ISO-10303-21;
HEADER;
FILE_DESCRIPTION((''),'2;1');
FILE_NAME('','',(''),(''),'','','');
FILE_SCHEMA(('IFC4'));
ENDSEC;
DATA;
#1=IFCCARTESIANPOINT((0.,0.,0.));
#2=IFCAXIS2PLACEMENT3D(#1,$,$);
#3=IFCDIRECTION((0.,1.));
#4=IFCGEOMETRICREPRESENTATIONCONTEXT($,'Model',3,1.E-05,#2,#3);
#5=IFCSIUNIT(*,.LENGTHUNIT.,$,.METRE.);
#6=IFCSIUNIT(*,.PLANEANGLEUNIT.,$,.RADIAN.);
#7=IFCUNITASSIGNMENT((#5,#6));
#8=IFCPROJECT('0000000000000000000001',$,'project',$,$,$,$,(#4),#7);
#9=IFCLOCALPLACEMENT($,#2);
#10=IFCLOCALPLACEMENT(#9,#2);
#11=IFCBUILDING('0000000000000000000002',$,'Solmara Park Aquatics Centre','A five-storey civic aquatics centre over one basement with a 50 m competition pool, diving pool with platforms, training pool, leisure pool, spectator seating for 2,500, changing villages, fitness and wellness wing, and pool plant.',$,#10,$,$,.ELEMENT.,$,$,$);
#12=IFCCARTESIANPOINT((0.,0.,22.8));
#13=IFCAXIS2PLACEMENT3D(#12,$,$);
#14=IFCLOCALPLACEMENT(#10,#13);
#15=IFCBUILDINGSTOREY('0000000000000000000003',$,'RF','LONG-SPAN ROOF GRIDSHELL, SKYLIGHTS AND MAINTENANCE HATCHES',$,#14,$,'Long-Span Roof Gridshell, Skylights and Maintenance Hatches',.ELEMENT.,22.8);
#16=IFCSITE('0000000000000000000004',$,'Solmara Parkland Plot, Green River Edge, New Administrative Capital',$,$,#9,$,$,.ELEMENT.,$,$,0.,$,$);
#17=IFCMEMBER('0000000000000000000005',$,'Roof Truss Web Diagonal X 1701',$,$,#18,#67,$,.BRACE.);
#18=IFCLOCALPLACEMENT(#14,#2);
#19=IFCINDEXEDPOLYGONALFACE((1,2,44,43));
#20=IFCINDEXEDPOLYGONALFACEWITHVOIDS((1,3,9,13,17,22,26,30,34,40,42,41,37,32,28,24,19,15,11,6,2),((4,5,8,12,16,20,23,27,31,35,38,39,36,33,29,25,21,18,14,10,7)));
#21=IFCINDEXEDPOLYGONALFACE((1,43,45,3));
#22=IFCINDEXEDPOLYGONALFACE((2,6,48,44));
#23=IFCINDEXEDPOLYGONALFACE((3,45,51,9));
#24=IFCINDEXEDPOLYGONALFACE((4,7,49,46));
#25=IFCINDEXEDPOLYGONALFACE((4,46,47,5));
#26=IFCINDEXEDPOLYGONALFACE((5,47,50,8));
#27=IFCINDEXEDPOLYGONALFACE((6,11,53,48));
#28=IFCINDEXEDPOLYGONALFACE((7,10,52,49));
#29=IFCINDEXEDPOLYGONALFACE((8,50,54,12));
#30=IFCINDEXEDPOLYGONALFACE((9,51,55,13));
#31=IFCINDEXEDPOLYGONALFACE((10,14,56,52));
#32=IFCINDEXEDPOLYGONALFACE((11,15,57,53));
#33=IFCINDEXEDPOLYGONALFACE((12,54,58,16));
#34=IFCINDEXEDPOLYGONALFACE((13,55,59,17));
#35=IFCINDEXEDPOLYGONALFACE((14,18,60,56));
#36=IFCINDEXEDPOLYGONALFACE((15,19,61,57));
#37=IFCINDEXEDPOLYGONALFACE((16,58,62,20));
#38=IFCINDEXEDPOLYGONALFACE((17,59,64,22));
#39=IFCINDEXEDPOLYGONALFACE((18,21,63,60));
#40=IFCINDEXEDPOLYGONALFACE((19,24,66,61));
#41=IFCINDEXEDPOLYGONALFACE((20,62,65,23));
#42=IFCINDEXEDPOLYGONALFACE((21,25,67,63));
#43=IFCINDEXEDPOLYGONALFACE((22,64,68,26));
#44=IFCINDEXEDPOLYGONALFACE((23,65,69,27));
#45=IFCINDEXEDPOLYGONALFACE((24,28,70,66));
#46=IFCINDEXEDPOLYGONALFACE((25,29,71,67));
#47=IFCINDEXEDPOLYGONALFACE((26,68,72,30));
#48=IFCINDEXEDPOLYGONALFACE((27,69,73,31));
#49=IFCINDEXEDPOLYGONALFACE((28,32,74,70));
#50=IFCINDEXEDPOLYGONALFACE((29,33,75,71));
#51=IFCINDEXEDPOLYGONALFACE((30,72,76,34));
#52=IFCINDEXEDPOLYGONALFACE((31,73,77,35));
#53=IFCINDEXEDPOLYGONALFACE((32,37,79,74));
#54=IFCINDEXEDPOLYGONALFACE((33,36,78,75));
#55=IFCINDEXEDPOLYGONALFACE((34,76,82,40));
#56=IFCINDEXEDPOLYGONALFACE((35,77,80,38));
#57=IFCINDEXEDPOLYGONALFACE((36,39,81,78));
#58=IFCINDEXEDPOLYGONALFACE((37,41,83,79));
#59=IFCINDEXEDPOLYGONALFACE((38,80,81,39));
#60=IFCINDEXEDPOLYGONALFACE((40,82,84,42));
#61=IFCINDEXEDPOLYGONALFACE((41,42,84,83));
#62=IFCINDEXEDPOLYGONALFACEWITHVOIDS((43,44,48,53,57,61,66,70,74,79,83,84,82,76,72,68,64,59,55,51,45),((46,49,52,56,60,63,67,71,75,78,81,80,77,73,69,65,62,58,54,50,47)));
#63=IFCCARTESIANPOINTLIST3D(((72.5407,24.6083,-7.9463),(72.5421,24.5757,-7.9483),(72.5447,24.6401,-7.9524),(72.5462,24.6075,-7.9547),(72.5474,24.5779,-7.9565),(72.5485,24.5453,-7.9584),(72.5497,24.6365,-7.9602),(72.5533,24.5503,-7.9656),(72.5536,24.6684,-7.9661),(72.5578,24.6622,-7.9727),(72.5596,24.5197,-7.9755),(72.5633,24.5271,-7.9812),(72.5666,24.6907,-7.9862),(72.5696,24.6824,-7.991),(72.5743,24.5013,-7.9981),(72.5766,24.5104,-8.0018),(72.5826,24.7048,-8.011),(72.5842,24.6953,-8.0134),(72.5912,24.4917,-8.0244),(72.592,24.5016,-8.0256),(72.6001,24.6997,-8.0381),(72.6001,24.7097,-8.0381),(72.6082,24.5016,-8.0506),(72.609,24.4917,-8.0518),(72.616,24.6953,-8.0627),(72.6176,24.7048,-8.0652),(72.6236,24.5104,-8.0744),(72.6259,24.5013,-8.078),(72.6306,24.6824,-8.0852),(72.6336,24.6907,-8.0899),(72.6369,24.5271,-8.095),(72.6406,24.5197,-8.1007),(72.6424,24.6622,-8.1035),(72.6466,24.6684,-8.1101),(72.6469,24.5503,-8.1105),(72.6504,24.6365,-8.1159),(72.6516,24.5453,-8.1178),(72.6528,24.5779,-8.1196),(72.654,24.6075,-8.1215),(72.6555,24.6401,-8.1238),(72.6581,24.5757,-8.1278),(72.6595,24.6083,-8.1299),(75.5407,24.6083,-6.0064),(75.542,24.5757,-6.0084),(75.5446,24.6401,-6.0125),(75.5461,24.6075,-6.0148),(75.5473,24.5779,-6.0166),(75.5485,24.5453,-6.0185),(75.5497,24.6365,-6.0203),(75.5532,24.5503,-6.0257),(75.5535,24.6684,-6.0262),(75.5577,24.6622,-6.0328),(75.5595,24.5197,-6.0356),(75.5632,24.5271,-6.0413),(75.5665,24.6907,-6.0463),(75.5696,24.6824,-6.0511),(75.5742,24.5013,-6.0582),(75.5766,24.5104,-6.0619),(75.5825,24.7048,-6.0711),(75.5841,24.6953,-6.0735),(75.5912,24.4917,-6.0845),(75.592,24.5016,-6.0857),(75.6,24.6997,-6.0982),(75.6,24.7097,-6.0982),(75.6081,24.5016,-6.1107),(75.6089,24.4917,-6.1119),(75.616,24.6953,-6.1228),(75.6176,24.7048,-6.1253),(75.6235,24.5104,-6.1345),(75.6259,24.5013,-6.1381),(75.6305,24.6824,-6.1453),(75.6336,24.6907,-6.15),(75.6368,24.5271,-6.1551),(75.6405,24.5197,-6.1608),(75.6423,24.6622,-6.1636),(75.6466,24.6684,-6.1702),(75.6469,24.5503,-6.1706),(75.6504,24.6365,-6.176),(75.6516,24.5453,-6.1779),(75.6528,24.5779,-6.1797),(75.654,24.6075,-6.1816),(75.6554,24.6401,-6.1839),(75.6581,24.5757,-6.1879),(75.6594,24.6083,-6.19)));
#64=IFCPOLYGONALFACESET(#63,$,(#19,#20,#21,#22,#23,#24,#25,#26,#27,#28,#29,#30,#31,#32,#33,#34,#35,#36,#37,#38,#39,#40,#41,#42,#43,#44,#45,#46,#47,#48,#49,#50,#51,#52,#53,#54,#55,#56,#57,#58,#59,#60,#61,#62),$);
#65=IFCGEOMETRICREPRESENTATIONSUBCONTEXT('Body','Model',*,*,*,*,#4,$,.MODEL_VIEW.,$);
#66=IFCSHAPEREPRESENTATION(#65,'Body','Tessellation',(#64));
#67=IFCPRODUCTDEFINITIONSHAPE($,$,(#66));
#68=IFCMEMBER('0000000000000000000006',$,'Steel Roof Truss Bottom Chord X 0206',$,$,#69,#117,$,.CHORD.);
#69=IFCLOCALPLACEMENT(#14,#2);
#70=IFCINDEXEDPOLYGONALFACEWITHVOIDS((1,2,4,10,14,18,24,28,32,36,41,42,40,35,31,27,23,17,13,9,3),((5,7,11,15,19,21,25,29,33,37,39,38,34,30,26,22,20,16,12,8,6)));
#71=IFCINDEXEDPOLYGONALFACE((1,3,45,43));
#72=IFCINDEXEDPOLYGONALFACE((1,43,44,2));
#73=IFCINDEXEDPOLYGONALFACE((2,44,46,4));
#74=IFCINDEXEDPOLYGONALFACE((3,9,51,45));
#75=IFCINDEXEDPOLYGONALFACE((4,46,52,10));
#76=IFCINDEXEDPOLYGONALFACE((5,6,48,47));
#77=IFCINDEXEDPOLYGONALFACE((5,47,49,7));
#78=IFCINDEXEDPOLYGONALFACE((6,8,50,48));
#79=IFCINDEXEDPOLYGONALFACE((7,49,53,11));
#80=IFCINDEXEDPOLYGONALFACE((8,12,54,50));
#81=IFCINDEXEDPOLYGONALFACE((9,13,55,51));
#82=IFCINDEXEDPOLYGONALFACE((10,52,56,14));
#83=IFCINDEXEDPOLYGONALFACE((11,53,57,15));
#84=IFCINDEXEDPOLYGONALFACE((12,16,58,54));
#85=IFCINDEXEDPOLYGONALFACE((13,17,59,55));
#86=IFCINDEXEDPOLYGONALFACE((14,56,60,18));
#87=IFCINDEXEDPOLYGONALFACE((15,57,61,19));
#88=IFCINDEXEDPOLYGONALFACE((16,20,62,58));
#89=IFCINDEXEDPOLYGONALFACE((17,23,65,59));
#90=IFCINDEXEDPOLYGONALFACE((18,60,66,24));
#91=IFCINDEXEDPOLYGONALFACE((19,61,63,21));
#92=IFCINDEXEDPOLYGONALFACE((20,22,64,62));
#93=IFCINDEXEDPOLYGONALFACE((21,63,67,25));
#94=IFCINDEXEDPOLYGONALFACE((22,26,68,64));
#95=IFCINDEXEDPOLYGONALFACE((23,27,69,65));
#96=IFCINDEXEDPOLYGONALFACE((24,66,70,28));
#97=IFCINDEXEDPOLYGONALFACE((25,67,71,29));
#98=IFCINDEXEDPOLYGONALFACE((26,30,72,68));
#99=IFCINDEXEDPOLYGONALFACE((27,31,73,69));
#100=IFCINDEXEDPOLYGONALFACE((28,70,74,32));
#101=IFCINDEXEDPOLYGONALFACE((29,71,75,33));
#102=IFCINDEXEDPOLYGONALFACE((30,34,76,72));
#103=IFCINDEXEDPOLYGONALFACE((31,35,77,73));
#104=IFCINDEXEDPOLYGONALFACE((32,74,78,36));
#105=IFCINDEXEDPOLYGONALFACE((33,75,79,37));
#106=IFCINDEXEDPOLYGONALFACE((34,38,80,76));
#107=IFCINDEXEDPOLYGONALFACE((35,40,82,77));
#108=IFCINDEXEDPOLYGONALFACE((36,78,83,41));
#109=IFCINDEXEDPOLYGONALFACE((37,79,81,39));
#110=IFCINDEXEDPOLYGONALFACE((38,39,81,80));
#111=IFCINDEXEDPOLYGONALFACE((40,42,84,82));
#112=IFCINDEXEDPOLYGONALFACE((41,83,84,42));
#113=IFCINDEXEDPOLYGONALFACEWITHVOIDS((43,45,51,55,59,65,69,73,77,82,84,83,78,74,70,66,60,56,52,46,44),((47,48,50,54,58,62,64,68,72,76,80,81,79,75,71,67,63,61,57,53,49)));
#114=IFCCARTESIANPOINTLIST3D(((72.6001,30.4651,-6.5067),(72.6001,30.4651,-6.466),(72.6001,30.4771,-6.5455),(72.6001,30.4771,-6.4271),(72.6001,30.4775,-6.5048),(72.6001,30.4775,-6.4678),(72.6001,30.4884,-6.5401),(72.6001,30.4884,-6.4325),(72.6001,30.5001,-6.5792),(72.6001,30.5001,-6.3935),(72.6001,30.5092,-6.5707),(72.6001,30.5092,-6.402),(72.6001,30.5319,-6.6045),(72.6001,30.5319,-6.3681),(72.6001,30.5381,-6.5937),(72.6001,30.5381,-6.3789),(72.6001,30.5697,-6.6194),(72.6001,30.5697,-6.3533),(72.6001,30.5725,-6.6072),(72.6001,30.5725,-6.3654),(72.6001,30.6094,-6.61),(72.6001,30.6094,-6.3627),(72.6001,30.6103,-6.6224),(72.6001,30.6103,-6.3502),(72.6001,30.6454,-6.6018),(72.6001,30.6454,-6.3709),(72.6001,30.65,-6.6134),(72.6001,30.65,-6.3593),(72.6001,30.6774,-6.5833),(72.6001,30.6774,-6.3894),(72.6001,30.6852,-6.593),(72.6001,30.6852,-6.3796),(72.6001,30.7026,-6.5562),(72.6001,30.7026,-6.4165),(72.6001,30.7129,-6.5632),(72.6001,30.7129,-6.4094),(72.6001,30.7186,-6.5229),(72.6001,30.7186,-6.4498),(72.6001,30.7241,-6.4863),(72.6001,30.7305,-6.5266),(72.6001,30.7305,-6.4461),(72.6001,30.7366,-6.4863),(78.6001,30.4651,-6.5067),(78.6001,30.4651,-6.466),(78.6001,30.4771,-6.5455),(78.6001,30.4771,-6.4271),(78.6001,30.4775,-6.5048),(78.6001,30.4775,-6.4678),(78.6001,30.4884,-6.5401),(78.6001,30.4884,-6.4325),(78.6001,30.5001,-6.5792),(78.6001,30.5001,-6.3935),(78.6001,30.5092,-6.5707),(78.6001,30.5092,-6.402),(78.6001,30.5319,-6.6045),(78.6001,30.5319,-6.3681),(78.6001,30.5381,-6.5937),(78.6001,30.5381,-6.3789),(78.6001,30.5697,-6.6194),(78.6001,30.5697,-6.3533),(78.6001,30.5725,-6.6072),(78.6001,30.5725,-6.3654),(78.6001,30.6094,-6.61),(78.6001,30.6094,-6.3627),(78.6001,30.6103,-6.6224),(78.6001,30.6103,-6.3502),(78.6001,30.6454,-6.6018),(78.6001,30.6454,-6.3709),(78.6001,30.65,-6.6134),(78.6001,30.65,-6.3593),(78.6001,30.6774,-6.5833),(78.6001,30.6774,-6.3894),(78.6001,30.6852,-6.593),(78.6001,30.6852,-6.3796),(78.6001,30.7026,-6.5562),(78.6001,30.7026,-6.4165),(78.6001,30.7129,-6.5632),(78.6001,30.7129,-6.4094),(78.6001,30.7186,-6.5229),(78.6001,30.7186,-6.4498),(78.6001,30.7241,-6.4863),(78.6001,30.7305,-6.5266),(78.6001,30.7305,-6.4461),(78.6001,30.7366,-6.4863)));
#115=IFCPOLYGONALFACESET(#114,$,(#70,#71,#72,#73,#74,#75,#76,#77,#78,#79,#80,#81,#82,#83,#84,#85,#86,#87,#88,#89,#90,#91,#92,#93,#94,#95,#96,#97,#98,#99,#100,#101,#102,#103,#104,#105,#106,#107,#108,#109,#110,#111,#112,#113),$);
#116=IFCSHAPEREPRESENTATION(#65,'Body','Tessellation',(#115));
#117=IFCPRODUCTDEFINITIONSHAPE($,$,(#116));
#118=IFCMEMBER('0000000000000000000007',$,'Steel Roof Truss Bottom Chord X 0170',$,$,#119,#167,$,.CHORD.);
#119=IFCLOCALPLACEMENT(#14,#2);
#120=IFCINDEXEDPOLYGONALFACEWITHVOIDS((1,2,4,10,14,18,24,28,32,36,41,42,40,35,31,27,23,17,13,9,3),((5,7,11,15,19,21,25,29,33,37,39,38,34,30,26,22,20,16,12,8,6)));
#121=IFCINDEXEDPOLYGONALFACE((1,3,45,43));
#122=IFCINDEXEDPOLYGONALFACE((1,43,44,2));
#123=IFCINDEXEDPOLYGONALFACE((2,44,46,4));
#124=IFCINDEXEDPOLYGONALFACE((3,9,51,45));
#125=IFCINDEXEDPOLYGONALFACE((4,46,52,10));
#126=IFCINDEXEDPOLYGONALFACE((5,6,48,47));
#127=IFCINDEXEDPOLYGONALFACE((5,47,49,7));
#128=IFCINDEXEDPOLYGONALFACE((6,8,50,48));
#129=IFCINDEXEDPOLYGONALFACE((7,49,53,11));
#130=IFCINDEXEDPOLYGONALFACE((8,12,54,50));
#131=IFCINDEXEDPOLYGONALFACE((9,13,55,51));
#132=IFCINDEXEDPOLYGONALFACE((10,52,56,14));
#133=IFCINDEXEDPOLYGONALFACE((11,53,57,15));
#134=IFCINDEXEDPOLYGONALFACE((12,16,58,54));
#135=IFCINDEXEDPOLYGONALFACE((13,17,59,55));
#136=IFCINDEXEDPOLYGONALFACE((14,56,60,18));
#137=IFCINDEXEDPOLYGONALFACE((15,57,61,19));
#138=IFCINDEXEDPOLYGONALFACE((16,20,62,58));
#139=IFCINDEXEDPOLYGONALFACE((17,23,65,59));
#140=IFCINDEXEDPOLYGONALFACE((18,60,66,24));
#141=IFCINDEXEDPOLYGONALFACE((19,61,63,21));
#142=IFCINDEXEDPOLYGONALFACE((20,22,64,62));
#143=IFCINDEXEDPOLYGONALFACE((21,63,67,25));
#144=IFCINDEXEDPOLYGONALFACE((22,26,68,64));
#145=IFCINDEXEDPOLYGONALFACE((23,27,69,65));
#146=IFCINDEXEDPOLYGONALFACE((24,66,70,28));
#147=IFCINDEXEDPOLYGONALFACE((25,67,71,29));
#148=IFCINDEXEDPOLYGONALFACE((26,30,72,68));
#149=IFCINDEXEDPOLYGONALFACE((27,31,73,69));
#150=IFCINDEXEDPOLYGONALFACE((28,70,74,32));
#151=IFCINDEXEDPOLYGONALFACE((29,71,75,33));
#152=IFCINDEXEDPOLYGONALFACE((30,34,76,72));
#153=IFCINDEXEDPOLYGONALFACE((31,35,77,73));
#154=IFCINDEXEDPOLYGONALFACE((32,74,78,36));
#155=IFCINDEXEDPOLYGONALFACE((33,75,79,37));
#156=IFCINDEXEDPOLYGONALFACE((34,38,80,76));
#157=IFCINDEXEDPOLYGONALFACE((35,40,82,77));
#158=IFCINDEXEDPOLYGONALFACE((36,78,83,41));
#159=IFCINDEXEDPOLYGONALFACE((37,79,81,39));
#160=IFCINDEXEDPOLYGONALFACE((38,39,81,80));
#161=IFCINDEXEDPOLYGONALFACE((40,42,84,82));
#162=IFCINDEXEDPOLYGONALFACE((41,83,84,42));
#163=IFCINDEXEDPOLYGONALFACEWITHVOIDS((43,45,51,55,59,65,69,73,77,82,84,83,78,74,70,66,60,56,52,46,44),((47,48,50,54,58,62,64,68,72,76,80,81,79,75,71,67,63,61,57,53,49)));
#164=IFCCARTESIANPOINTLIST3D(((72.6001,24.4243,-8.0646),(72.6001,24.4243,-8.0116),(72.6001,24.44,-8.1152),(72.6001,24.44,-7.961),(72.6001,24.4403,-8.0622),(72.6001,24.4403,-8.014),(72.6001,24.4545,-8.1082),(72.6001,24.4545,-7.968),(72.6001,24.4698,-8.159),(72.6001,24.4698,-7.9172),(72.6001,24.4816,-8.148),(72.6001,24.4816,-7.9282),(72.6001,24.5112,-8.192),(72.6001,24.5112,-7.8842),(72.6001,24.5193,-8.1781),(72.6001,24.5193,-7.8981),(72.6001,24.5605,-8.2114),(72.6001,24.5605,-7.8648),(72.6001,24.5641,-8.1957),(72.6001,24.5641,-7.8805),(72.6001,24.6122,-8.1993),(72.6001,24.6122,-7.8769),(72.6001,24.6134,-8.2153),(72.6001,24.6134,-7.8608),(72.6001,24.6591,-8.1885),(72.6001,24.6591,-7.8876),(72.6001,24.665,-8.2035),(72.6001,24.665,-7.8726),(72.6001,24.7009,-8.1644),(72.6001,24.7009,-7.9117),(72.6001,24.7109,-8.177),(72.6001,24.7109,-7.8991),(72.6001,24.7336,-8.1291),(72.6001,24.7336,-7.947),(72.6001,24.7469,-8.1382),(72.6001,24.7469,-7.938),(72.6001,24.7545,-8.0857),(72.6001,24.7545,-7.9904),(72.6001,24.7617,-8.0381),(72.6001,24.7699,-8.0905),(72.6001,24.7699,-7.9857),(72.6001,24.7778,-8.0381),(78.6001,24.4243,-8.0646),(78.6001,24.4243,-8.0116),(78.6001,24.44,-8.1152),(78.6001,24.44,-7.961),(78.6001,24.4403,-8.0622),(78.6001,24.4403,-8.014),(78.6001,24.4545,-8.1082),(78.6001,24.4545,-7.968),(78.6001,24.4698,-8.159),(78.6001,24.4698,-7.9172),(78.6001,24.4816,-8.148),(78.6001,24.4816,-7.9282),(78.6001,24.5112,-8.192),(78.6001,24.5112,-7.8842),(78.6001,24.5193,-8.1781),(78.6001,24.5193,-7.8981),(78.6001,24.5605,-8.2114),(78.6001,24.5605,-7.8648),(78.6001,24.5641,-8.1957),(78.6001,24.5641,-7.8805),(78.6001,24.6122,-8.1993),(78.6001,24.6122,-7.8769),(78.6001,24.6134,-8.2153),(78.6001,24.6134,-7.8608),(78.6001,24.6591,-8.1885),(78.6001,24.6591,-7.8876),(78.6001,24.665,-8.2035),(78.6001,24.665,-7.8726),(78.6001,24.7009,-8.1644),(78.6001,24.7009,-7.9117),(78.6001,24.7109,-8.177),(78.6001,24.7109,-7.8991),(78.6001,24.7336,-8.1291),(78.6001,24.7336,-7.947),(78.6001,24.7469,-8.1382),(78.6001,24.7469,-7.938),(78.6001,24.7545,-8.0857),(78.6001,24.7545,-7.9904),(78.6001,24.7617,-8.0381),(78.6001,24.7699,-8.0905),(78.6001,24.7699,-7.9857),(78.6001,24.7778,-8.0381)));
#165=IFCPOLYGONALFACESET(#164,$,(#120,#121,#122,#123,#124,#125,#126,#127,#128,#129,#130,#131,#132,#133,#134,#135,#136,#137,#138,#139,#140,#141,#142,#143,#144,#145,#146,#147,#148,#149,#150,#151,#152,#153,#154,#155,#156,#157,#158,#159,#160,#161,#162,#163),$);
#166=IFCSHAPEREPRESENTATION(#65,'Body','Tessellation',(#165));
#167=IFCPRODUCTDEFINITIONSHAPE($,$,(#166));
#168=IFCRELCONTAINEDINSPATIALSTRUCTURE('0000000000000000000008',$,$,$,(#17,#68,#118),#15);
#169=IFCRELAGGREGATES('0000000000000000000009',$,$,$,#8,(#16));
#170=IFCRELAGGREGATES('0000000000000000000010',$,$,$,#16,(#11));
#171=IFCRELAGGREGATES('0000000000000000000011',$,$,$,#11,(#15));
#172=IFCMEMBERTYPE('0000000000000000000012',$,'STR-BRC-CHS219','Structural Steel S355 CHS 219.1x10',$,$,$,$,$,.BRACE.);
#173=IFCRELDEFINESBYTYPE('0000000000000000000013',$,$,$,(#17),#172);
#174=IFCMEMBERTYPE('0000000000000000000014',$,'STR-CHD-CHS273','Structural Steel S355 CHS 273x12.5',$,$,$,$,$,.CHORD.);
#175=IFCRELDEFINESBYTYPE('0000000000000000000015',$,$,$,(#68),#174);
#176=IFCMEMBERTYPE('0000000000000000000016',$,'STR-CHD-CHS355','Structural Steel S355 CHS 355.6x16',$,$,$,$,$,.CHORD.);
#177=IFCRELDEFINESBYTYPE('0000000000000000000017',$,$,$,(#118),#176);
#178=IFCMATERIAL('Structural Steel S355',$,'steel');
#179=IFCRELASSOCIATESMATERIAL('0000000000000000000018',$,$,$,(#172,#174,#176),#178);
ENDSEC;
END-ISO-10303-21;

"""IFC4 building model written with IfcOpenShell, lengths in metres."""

from ifc_helpers import new_model, si_unit, direction, frame, origin, origin_2d, place, context, subcontext, project, spatial, hollow_circle, extrude, material, material_profile, profile_set, type_object, element, save


model = new_model("IFC4")

# Units and contexts
model_context = context("Model", 3, precision=1e-05, world=origin(), true_north=direction((0.0, 1.0)))
body_context = subcontext(model_context, "Body", "Model", "MODEL_VIEW")
ifc_project = project(units=[si_unit("LENGTHUNIT", "METRE"), si_unit("PLANEANGLEUNIT", "RADIAN")], contexts=[model_context])

# Site, building, storey
site_placement = place(None, origin())
site = spatial("IfcSite", under=ifc_project, at=site_placement, Name="Solmara Parkland Plot, Green River Edge, New Administrative Capital", CompositionType="ELEMENT", RefElevation=0.0)
building_placement = place(site_placement, origin())
building = spatial("IfcBuilding", under=site, at=building_placement, Name="Solmara Park Aquatics Centre", Description="A five-storey civic aquatics centre over one basement with a 50 m competition pool, diving pool with platforms, training pool, leisure pool, spectator seating for 2,500, changing villages, fitness and wellness wing, and pool plant.", CompositionType="ELEMENT")
storey_placement = place(building_placement, frame((0.0, 0.0, 22.8)))
storey = spatial("IfcBuildingStorey", under=building, at=storey_placement, Name="RF", Description="LONG-SPAN ROOF GRIDSHELL, SKYLIGHTS AND MAINTENANCE HATCHES", LongName="Long-Span Roof Gridshell, Skylights and Maintenance Hatches", CompositionType="ELEMENT", Elevation=22.8)

# Members
ifc_material_1 = material(Name="Structural Steel S355", Category="steel")
ifc_material_profile_1 = material_profile(ifc_material_1, hollow_circle(Radius=0.1096, WallThickness=0.01, at=origin_2d()), Name="CHS 219.1x10")
ifc_profile_set_1 = profile_set([ifc_material_profile_1], Name="Structural Steel S355")
member_type_1 = type_object("IfcMemberType", Name="STR-BRC-CHS219", Description="Structural Steel S355 CHS 219.1x10", PredefinedType="BRACE", material=ifc_profile_set_1)
for number, where, z_axis, x_axis, name in (
    (1, (72.6001, 24.6001, -8.0381), (0.839728, 0.0, 0.543008), (0.0, 1.0, 0.0), "Roof Truss Web Diagonal X 1701"),
):
    element("IfcMember", number, at=place(storey_placement, frame(where, z_axis=z_axis, x_axis=x_axis)), inside=storey, type_object=member_type_1, Name=name, PredefinedType="BRACE", context=body_context, shape_type="SweptSolid", body=[
        extrude(hollow_circle(Radius=0.1096, WallThickness=0.01, at=origin_2d()), origin(), (0.0, 0.0, 1.0), 3.5725),
    ])
ifc_material_profile_2 = material_profile(ifc_material_1, hollow_circle(Radius=0.1365, WallThickness=0.0125, at=origin_2d()), Name="CHS 273x12.5")
ifc_profile_set_2 = profile_set([ifc_material_profile_2], Name="Structural Steel S355")
member_type_2 = type_object("IfcMemberType", Name="STR-CHD-CHS273", Description="Structural Steel S355 CHS 273x12.5", PredefinedType="CHORD", material=ifc_profile_set_2)
member_1_placement = place(storey_placement, frame((72.6001, 30.6001, -6.4863), z_axis=(1.0, 0.0, 0.0), x_axis=(0.0, 1.0, 0.0)))
element("IfcMember", 2, at=member_1_placement, inside=storey, type_object=member_type_2, Name="Steel Roof Truss Bottom Chord X 0206", PredefinedType="CHORD", context=body_context, shape_type="SweptSolid", body=[
    extrude(hollow_circle(Radius=0.1365, WallThickness=0.0125, at=origin_2d()), origin(), (0.0, 0.0, 1.0), 6.0),
])
ifc_material_profile_3 = material_profile(ifc_material_1, hollow_circle(Radius=0.1777, WallThickness=0.0161, at=origin_2d()), Name="CHS 355.6x16")
ifc_profile_set_3 = profile_set([ifc_material_profile_3], Name="Structural Steel S355")
member_type_3 = type_object("IfcMemberType", Name="STR-CHD-CHS355", Description="Structural Steel S355 CHS 355.6x16", PredefinedType="CHORD", material=ifc_profile_set_3)
member_2_placement = place(storey_placement, frame((72.6001, 24.6001, -8.0381), z_axis=(1.0, 0.0, 0.0), x_axis=(0.0, 1.0, 0.0)))
element("IfcMember", 3, at=member_2_placement, inside=storey, type_object=member_type_3, Name="Steel Roof Truss Bottom Chord X 0170", PredefinedType="CHORD", context=body_context, shape_type="SweptSolid", body=[
    extrude(hollow_circle(Radius=0.1777, WallThickness=0.0161, at=origin_2d()), origin(), (0.0, 0.0, 1.0), 6.0),
])

save(model, "model.ifc")
